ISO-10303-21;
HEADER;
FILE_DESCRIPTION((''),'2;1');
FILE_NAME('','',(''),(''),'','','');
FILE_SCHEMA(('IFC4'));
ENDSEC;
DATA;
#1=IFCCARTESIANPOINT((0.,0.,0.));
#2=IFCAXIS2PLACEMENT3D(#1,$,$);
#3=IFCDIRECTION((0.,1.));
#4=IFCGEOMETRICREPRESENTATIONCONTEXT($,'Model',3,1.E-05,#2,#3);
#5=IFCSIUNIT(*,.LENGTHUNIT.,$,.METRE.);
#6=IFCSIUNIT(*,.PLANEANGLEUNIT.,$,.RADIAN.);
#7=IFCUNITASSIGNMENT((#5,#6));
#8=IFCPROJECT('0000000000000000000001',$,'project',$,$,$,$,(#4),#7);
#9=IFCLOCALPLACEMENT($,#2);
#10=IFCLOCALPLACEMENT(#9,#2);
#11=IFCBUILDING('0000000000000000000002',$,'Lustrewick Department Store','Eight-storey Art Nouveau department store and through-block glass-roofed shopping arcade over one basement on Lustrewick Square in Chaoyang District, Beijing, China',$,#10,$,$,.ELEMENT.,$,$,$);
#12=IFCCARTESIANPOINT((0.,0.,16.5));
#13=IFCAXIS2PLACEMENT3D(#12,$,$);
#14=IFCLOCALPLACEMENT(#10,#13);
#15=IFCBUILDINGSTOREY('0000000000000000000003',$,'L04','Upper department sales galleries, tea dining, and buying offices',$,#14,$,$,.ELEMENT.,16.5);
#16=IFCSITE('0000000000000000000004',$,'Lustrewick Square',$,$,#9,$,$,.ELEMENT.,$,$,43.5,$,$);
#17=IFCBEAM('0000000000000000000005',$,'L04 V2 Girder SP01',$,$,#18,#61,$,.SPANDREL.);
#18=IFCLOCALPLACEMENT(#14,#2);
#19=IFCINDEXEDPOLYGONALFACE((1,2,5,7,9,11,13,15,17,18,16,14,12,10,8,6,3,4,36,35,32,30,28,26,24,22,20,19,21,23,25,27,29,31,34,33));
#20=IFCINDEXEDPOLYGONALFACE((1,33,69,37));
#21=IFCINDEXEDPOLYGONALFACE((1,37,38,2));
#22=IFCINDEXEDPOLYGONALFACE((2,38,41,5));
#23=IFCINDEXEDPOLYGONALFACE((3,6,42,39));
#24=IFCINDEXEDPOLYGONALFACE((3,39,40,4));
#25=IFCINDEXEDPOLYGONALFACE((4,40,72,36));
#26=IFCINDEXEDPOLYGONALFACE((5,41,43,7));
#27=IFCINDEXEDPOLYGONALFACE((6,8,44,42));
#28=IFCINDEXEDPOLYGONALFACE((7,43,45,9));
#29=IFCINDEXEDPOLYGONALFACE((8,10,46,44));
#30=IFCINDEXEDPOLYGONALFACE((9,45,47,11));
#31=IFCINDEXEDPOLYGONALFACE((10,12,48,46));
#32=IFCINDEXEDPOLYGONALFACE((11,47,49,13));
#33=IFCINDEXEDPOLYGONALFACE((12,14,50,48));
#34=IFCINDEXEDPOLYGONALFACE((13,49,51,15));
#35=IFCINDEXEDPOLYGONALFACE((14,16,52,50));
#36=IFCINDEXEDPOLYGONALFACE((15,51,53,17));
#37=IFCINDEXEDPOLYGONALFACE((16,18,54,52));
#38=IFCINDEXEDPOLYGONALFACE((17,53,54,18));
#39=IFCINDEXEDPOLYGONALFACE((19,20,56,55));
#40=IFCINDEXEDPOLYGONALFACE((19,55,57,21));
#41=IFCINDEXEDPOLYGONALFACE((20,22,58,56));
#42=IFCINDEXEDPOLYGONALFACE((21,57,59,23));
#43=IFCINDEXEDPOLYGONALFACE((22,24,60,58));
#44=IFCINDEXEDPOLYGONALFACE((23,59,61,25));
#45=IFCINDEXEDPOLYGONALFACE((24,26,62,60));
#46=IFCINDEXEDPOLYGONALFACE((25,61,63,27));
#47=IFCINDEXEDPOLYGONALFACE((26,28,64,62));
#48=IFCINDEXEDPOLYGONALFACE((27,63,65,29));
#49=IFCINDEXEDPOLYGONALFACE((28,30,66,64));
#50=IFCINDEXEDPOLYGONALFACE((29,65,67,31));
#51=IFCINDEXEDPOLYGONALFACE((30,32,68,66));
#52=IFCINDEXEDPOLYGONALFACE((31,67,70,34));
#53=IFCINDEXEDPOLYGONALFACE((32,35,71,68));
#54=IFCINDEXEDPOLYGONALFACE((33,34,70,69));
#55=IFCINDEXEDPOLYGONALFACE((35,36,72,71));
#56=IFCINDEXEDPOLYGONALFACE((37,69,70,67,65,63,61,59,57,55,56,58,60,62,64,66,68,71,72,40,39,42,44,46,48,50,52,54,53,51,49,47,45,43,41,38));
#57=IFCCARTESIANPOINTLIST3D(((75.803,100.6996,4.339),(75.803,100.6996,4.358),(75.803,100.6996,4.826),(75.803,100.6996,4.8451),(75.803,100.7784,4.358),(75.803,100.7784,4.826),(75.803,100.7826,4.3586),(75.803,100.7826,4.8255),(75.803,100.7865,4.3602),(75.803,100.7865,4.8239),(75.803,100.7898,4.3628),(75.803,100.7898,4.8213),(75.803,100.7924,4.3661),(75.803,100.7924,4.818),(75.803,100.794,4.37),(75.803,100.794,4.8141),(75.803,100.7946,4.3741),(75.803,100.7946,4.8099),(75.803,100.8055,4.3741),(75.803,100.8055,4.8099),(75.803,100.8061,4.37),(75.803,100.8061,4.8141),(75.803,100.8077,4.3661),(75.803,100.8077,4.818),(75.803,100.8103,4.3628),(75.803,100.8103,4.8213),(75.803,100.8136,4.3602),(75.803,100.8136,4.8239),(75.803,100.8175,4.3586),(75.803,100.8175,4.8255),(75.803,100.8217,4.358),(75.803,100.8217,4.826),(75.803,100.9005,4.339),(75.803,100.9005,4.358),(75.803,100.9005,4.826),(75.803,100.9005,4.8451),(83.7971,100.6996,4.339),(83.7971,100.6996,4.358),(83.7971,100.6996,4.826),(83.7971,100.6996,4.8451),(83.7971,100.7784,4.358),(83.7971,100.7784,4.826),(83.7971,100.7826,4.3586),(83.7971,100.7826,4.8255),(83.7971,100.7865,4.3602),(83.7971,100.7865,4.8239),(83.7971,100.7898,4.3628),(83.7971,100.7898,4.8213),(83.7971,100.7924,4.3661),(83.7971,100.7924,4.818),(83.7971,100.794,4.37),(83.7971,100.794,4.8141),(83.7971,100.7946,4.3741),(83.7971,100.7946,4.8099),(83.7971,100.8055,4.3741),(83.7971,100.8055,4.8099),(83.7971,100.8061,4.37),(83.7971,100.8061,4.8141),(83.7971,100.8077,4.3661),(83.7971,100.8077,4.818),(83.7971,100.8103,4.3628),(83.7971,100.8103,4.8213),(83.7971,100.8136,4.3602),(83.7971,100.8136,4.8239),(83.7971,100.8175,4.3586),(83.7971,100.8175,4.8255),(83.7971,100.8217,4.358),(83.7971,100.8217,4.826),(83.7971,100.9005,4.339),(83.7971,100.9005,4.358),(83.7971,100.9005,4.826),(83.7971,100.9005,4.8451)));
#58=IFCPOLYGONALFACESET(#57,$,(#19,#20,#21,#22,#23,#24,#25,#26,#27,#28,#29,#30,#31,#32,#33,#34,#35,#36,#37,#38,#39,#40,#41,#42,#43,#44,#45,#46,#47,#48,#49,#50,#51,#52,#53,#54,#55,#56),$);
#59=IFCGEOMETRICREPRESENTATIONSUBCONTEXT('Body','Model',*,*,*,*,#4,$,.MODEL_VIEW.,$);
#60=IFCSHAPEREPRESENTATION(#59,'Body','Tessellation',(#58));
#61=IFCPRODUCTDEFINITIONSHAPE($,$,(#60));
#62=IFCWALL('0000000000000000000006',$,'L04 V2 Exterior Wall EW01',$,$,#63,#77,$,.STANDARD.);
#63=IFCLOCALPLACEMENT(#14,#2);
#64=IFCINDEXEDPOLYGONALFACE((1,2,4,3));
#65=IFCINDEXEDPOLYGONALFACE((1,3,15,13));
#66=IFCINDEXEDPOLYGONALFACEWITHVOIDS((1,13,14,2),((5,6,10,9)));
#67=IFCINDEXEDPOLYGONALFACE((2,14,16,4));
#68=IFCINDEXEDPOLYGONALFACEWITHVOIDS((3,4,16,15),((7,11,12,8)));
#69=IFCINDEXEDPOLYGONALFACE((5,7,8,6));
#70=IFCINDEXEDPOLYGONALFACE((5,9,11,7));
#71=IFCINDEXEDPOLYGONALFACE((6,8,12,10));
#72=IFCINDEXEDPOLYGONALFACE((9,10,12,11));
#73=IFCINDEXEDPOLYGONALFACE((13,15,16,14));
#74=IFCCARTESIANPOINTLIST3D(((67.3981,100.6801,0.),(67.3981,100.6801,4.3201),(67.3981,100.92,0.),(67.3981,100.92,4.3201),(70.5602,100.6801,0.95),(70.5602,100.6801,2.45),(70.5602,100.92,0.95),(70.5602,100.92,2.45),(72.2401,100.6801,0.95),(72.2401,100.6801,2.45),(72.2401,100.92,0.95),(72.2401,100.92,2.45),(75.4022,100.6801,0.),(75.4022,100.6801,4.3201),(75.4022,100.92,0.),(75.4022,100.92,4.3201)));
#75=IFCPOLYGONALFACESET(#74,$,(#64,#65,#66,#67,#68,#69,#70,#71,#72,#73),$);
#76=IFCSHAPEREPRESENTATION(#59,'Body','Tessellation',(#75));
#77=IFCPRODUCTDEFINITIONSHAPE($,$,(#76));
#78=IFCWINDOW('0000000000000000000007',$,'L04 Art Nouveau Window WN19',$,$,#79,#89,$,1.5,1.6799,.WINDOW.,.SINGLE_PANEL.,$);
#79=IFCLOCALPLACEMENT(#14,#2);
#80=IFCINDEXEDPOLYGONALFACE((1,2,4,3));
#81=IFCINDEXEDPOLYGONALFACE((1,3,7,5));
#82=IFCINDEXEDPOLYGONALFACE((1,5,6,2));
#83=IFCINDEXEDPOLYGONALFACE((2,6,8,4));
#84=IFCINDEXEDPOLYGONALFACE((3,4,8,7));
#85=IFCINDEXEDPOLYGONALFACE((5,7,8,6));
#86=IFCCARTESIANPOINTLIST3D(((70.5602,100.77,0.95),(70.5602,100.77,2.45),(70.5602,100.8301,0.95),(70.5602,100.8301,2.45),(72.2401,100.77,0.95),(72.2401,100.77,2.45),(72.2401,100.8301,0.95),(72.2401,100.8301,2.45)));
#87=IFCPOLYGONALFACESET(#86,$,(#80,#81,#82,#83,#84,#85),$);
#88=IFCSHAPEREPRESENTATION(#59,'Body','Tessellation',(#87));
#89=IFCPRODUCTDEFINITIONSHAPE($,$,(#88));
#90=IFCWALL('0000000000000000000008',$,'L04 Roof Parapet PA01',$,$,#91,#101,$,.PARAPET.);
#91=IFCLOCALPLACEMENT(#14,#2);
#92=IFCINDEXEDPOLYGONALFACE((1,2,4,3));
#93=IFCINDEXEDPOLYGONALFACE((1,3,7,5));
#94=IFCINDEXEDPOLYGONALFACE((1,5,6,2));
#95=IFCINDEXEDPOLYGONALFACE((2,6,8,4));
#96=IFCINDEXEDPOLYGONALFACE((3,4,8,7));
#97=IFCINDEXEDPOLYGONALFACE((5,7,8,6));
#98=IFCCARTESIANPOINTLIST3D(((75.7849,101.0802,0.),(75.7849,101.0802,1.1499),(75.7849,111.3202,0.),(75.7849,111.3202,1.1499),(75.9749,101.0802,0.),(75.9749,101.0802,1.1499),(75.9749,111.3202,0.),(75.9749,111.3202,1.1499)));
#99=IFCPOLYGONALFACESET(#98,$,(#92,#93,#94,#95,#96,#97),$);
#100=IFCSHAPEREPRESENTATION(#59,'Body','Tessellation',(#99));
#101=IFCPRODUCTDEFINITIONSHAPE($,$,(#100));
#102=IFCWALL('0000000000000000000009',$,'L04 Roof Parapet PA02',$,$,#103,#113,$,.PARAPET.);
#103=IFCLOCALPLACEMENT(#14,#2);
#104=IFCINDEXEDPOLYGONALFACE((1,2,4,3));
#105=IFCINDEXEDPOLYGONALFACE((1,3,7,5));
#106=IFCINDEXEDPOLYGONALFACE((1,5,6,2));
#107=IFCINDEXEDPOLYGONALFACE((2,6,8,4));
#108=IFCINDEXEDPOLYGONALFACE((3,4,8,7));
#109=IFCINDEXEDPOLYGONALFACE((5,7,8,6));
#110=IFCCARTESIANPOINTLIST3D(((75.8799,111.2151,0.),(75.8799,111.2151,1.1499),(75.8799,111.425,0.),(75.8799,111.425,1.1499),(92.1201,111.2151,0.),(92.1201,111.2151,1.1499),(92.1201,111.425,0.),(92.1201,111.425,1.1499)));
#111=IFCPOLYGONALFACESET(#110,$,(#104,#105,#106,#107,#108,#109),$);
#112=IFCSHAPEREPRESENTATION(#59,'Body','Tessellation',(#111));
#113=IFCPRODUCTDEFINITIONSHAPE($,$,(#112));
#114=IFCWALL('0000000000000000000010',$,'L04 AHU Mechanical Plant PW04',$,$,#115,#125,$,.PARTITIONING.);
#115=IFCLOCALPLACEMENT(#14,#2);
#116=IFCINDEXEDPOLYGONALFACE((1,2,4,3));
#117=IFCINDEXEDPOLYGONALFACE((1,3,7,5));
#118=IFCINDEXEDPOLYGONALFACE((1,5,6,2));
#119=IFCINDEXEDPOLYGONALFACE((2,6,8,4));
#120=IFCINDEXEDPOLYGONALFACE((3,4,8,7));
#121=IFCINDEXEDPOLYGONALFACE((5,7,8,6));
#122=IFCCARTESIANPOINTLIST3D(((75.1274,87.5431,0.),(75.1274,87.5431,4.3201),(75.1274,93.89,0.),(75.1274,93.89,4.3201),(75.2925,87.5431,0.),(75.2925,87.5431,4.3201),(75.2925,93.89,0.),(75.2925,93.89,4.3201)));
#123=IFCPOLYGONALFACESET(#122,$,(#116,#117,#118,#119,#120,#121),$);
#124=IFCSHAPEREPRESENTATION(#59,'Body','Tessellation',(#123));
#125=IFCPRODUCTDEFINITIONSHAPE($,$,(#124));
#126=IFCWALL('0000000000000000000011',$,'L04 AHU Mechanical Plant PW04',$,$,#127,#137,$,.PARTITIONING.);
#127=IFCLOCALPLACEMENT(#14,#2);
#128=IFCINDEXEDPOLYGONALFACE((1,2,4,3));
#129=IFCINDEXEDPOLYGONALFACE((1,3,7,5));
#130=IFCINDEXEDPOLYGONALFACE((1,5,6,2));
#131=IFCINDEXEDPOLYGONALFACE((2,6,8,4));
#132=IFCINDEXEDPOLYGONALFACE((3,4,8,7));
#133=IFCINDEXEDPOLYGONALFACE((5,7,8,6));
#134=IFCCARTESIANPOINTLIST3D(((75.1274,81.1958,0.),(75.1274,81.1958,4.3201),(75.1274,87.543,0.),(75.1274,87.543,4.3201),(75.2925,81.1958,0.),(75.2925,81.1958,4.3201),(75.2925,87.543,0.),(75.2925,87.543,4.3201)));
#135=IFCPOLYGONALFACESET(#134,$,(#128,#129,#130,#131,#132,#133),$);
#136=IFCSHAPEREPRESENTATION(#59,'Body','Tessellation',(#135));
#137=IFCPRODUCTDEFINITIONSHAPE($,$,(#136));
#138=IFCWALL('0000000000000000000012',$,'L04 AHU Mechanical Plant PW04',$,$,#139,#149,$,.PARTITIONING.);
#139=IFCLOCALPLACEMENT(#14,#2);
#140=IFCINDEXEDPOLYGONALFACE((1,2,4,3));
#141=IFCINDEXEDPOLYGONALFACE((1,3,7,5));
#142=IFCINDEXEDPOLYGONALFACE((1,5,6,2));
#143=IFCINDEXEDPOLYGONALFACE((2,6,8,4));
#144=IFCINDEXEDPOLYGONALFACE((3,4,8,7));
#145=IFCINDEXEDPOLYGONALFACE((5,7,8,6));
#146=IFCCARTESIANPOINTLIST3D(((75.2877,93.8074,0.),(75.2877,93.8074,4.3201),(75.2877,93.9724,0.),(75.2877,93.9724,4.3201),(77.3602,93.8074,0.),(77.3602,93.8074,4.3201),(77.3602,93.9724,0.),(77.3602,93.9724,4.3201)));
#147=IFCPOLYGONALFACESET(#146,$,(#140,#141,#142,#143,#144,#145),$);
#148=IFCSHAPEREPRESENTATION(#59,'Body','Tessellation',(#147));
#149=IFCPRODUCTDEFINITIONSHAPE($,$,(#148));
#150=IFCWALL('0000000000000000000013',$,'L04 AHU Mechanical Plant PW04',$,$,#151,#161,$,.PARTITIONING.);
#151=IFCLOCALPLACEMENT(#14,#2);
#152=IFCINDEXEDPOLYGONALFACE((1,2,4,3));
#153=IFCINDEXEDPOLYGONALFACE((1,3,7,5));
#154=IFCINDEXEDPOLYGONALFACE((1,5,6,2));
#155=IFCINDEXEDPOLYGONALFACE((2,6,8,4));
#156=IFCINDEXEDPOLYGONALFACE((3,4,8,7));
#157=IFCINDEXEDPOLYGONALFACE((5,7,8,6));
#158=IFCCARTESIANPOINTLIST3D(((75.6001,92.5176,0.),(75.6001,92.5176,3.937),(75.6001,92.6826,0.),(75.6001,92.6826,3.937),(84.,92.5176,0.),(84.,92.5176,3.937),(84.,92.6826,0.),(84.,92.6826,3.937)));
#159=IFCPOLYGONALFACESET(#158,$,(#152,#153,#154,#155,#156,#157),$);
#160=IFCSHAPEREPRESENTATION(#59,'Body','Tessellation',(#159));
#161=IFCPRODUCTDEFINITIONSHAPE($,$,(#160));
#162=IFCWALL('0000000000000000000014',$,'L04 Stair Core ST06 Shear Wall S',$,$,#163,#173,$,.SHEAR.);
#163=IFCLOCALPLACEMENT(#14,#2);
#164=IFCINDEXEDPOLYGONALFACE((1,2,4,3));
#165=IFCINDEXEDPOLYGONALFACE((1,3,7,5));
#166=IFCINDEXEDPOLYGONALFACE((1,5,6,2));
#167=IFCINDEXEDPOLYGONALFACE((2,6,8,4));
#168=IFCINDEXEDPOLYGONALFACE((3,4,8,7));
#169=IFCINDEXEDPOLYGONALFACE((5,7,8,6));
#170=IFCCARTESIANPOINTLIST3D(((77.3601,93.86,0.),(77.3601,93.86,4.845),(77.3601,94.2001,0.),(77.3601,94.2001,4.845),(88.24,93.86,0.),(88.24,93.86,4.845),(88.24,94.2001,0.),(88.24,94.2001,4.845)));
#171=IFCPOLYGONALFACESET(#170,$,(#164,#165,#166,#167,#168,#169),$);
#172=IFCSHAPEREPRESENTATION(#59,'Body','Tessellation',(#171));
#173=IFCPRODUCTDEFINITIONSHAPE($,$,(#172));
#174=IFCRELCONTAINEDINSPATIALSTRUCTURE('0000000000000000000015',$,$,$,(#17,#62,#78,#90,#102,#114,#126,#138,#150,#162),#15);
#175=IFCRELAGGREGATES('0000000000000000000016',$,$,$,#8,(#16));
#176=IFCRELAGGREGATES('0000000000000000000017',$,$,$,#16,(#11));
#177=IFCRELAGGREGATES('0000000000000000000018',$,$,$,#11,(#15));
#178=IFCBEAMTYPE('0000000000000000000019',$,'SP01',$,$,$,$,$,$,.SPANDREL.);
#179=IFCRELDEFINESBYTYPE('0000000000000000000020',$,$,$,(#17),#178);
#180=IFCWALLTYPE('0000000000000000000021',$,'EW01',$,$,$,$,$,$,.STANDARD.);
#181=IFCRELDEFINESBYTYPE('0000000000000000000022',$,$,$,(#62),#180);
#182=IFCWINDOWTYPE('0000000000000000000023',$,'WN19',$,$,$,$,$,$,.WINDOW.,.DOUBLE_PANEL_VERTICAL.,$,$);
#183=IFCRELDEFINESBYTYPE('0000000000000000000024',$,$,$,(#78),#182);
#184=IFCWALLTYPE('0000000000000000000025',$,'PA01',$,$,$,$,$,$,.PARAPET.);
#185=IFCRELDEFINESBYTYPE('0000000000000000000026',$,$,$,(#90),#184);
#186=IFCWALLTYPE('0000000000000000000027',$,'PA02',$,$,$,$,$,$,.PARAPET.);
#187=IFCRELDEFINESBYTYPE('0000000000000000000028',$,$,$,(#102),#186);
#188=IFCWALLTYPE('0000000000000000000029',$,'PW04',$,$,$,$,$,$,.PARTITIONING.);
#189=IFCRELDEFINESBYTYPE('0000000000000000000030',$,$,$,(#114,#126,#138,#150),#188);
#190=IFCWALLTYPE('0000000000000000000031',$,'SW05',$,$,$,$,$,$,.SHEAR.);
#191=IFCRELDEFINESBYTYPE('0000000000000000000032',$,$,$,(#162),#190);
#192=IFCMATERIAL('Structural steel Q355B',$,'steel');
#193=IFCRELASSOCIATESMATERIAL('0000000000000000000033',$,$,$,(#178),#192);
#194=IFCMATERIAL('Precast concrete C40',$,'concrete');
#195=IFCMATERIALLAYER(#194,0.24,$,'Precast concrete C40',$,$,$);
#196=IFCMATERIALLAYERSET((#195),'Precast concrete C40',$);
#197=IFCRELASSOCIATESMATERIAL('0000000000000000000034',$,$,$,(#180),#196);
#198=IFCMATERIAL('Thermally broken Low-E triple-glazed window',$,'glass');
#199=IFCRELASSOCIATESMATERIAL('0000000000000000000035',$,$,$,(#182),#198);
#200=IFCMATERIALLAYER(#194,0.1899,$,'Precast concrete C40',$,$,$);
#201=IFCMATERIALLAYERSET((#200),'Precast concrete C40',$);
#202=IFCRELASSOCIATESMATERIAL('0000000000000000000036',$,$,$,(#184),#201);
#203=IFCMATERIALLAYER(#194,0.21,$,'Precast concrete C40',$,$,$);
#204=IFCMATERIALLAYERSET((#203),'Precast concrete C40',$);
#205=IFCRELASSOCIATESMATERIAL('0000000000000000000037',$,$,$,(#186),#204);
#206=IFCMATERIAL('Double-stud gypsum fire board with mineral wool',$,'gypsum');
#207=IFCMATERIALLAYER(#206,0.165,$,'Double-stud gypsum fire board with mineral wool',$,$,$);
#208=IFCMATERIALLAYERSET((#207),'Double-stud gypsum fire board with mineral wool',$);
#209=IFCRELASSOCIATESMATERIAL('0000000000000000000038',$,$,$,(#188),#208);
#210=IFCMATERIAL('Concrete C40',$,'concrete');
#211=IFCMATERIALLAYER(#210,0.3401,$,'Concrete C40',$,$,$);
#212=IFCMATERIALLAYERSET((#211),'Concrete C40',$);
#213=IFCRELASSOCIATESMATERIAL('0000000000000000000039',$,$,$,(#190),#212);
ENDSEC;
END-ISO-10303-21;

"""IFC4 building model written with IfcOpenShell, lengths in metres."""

from ifc_helpers import new_model, si_unit, direction, frame, frame_2d, origin, origin_2d, place, context, subcontext, project, spatial, rectangle, i_section, extrude, material, layer, layer_set, material_profile, profile_set, type_object, element, fill, save


model = new_model("IFC4")

# Units and contexts
model_context = context("Model", 3, precision=1e-05, world=origin(), true_north=direction((0.0, 1.0)))
body_context = subcontext(model_context, "Body", "Model", "MODEL_VIEW")
ifc_project = project(units=[si_unit("LENGTHUNIT", "METRE"), si_unit("PLANEANGLEUNIT", "RADIAN")], contexts=[model_context])

# Site, building, storey
site_placement = place(None, origin())
site = spatial("IfcSite", under=ifc_project, at=site_placement, Name="Lustrewick Square", CompositionType="ELEMENT", RefElevation=43.5)
building_placement = place(site_placement, origin())
building = spatial("IfcBuilding", under=site, at=building_placement, Name="Lustrewick Department Store", Description="Eight-storey Art Nouveau department store and through-block glass-roofed shopping arcade over one basement on Lustrewick Square in Chaoyang District, Beijing, China", CompositionType="ELEMENT")
storey_placement = place(building_placement, frame((0.0, 0.0, 16.5)))
storey = spatial("IfcBuildingStorey", under=building, at=storey_placement, Name="L04", Description="Upper department sales galleries, tea dining, and buying offices", CompositionType="ELEMENT", Elevation=16.5)

# Shared definitions
ifc_material_1 = material(Name="Structural steel Q355B", Category="steel")

# Beam
ifc_material_profile_1 = material_profile(ifc_material_1, i_section(OverallWidth=0.2009, OverallDepth=0.5061, WebThickness=0.011, FlangeThickness=0.019, FilletRadius=0.0161, at=origin_2d()), Name="HN 506x201x11x19")
ifc_profile_set_1 = profile_set([ifc_material_profile_1], Name="Structural steel Q355B")
beam_type_1 = type_object("IfcBeamType", Name="SP01", PredefinedType="SPANDREL", material=ifc_profile_set_1)
for number, where, z_axis, x_axis, name in (
    (1, (75.803, 100.8, 4.592), (1.0, 0.0, 0.0), (0.0, 1.0, 0.0), "L04 V2 Girder SP01"),
):
    element("IfcBeam", number, at=place(storey_placement, frame(where, z_axis=z_axis, x_axis=x_axis)), inside=storey, type_object=beam_type_1, Name=name, PredefinedType="SPANDREL", context=body_context, shape_type="SweptSolid", body=[
        extrude(i_section(OverallWidth=0.2009, OverallDepth=0.5061, WebThickness=0.011, FlangeThickness=0.019, FilletRadius=0.0161, at=origin_2d()), origin(), (0.0, 0.0, 1.0), 7.9941),
    ])

# Wall, opening, window
ifc_material_2 = material(Name="Precast concrete C40", Category="concrete")
ifc_layer_1 = layer(ifc_material_2, 0.24, Name="Precast concrete C40")
ifc_layer_set_1 = layer_set([ifc_layer_1], Name="Precast concrete C40")
wall_type_1 = type_object("IfcWallType", Name="EW01", PredefinedType="STANDARD", material=ifc_layer_set_1)
wall_1_placement = place(storey_placement, frame((75.4021, 100.8, 0.0), z_axis=(0.0, 0.0, 1.0), x_axis=(-1.0, 0.0, 0.0)))
wall_1 = element("IfcWall", 2, at=wall_1_placement, inside=storey, type_object=wall_type_1, Name="L04 V2 Exterior Wall EW01", PredefinedType="STANDARD", context=body_context, shape_type="SweptSolid", body=[
    extrude(rectangle(XDim=8.0042, YDim=0.24, at=frame_2d((4.002, 0.0))), origin(), (0.0, 0.0, 1.0), 4.3201),
])
opening_1_placement = place(wall_1_placement, frame((3.1621, 0.0, 0.95)))
opening_1 = element("IfcOpeningElement", 3, at=opening_1_placement, cuts=wall_1, PredefinedType="OPENING", context=body_context, shape_type="SweptSolid", body=[
    extrude(rectangle(XDim=1.6799, YDim=1.5, at=frame_2d((0.8398, 0.75))), frame((0.0, 0.1299, 0.0), z_axis=(0.0, -1.0, 0.0), x_axis=(1.0, 0.0, 0.0)), (0.0, 0.0, 1.0), 0.26),
])
ifc_material_3 = material(Name="Thermally broken Low-E triple-glazed window", Category="glass")
window_type = type_object("IfcWindowType", Name="WN19", PartitioningType="DOUBLE_PANEL_VERTICAL", PredefinedType="WINDOW", material=ifc_material_3)
window_placement = place(opening_1_placement, origin())
window = element("IfcWindow", 4, at=window_placement, inside=storey, type_object=window_type, Name="L04 Art Nouveau Window WN19", OverallHeight=1.5, OverallWidth=1.6799, PartitioningType="SINGLE_PANEL", PredefinedType="WINDOW", context=body_context, shape_type="SweptSolid", body=[
    extrude(rectangle(XDim=1.6799, YDim=1.5, at=frame_2d((0.8398, 0.75))), frame((0.0, 0.03, 0.0), z_axis=(0.0, -1.0, 0.0), x_axis=(1.0, 0.0, 0.0)), (0.0, 0.0, 1.0), 0.0601),
])
fill(opening_1, window)

# Walls
ifc_layer_2 = layer(ifc_material_2, 0.1899, Name="Precast concrete C40")
ifc_layer_set_2 = layer_set([ifc_layer_2], Name="Precast concrete C40")
wall_type_2 = type_object("IfcWallType", Name="PA01", PredefinedType="PARAPET", material=ifc_layer_set_2)
wall_2_placement = place(storey_placement, frame((75.8799, 101.0801, 0.0), z_axis=(0.0, 0.0, 1.0), x_axis=(0.0, 1.0, 0.0)))
element("IfcWall", 5, at=wall_2_placement, inside=storey, type_object=wall_type_2, Name="L04 Roof Parapet PA01", PredefinedType="PARAPET", context=body_context, shape_type="SweptSolid", body=[
    extrude(rectangle(XDim=10.24, YDim=0.1899, at=frame_2d((5.1201, 0.0))), origin(), (0.0, 0.0, 1.0), 1.1499),
])
ifc_layer_3 = layer(ifc_material_2, 0.21, Name="Precast concrete C40")
ifc_layer_set_3 = layer_set([ifc_layer_3], Name="Precast concrete C40")
wall_type_3 = type_object("IfcWallType", Name="PA02", PredefinedType="PARAPET", material=ifc_layer_set_3)
wall_3_placement = place(storey_placement, frame((75.8799, 111.3201, 0.0), z_axis=(0.0, 0.0, 1.0), x_axis=(1.0, 0.0, 0.0)))
element("IfcWall", 6, at=wall_3_placement, inside=storey, type_object=wall_type_3, Name="L04 Roof Parapet PA02", PredefinedType="PARAPET", context=body_context, shape_type="SweptSolid", body=[
    extrude(rectangle(XDim=16.2402, YDim=0.21, at=frame_2d((8.1201, 0.0))), origin(), (0.0, 0.0, 1.0), 1.1499),
])
ifc_material_4 = material(Name="Double-stud gypsum fire board with mineral wool", Category="gypsum")
ifc_layer_4 = layer(ifc_material_4, 0.165, Name="Double-stud gypsum fire board with mineral wool")
ifc_layer_set_4 = layer_set([ifc_layer_4], Name="Double-stud gypsum fire board with mineral wool")
wall_type_4 = type_object("IfcWallType", Name="PW04", PredefinedType="PARTITIONING", material=ifc_layer_set_4)
wall_4_placement = place(storey_placement, frame((75.21, 93.8899, 0.0), z_axis=(0.0, 0.0, 1.0), x_axis=(0.0, -1.0, 0.0)))
element("IfcWall", 7, at=wall_4_placement, inside=storey, type_object=wall_type_4, Name="L04 AHU Mechanical Plant PW04", PredefinedType="PARTITIONING", context=body_context, shape_type="SweptSolid", body=[
    extrude(rectangle(XDim=6.3469, YDim=0.165, at=frame_2d((3.1733, 0.0))), origin(), (0.0, 0.0, 1.0), 4.3201),
])
wall_5_placement = place(storey_placement, frame((75.21, 87.543, 0.0), z_axis=(0.0, 0.0, 1.0), x_axis=(0.0, -1.0, 0.0)))
element("IfcWall", 8, at=wall_5_placement, inside=storey, type_object=wall_type_4, Name="L04 AHU Mechanical Plant PW04", PredefinedType="PARTITIONING", context=body_context, shape_type="SweptSolid", body=[
    extrude(rectangle(XDim=6.3472, YDim=0.165, at=frame_2d((3.1736, 0.0))), origin(), (0.0, 0.0, 1.0), 4.3201),
])
wall_6_placement = place(storey_placement, frame((77.3601, 93.8899, 0.0), z_axis=(0.0, 0.0, 1.0), x_axis=(-1.0, 0.0, 0.0)))
element("IfcWall", 9, at=wall_6_placement, inside=storey, type_object=wall_type_4, Name="L04 AHU Mechanical Plant PW04", PredefinedType="PARTITIONING", context=body_context, shape_type="SweptSolid", body=[
    extrude(rectangle(XDim=2.0725, YDim=0.165, at=frame_2d((1.0361, 0.0))), origin(), (0.0, 0.0, 1.0), 4.3201),
])
wall_7_placement = place(storey_placement, frame((75.6001, 92.6001, 0.0), z_axis=(0.0, 0.0, 1.0), x_axis=(1.0, 0.0, 0.0)))
element("IfcWall", 10, at=wall_7_placement, inside=storey, type_object=wall_type_4, Name="L04 AHU Mechanical Plant PW04", PredefinedType="PARTITIONING", context=body_context, shape_type="SweptSolid", body=[
    extrude(rectangle(XDim=8.3999, YDim=0.165, at=frame_2d((4.2, 0.0))), origin(), (0.0, 0.0, 1.0), 3.937),
])
ifc_material_5 = material(Name="Concrete C40", Category="concrete")
ifc_layer_5 = layer(ifc_material_5, 0.3401, Name="Concrete C40")
ifc_layer_set_5 = layer_set([ifc_layer_5], Name="Concrete C40")
wall_type_5 = type_object("IfcWallType", Name="SW05", PredefinedType="SHEAR", material=ifc_layer_set_5)
wall_8_placement = place(storey_placement, frame((77.3601, 94.03, 0.0), z_axis=(0.0, 0.0, 1.0), x_axis=(1.0, 0.0, 0.0)))
element("IfcWall", 11, at=wall_8_placement, inside=storey, type_object=wall_type_5, Name="L04 Stair Core ST06 Shear Wall S", PredefinedType="SHEAR", context=body_context, shape_type="SweptSolid", body=[
    extrude(rectangle(XDim=10.8799, YDim=0.3401, at=frame_2d((5.4399, 0.0))), origin(), (0.0, 0.0, 1.0), 4.845),
])

save(model, "model.ifc")
